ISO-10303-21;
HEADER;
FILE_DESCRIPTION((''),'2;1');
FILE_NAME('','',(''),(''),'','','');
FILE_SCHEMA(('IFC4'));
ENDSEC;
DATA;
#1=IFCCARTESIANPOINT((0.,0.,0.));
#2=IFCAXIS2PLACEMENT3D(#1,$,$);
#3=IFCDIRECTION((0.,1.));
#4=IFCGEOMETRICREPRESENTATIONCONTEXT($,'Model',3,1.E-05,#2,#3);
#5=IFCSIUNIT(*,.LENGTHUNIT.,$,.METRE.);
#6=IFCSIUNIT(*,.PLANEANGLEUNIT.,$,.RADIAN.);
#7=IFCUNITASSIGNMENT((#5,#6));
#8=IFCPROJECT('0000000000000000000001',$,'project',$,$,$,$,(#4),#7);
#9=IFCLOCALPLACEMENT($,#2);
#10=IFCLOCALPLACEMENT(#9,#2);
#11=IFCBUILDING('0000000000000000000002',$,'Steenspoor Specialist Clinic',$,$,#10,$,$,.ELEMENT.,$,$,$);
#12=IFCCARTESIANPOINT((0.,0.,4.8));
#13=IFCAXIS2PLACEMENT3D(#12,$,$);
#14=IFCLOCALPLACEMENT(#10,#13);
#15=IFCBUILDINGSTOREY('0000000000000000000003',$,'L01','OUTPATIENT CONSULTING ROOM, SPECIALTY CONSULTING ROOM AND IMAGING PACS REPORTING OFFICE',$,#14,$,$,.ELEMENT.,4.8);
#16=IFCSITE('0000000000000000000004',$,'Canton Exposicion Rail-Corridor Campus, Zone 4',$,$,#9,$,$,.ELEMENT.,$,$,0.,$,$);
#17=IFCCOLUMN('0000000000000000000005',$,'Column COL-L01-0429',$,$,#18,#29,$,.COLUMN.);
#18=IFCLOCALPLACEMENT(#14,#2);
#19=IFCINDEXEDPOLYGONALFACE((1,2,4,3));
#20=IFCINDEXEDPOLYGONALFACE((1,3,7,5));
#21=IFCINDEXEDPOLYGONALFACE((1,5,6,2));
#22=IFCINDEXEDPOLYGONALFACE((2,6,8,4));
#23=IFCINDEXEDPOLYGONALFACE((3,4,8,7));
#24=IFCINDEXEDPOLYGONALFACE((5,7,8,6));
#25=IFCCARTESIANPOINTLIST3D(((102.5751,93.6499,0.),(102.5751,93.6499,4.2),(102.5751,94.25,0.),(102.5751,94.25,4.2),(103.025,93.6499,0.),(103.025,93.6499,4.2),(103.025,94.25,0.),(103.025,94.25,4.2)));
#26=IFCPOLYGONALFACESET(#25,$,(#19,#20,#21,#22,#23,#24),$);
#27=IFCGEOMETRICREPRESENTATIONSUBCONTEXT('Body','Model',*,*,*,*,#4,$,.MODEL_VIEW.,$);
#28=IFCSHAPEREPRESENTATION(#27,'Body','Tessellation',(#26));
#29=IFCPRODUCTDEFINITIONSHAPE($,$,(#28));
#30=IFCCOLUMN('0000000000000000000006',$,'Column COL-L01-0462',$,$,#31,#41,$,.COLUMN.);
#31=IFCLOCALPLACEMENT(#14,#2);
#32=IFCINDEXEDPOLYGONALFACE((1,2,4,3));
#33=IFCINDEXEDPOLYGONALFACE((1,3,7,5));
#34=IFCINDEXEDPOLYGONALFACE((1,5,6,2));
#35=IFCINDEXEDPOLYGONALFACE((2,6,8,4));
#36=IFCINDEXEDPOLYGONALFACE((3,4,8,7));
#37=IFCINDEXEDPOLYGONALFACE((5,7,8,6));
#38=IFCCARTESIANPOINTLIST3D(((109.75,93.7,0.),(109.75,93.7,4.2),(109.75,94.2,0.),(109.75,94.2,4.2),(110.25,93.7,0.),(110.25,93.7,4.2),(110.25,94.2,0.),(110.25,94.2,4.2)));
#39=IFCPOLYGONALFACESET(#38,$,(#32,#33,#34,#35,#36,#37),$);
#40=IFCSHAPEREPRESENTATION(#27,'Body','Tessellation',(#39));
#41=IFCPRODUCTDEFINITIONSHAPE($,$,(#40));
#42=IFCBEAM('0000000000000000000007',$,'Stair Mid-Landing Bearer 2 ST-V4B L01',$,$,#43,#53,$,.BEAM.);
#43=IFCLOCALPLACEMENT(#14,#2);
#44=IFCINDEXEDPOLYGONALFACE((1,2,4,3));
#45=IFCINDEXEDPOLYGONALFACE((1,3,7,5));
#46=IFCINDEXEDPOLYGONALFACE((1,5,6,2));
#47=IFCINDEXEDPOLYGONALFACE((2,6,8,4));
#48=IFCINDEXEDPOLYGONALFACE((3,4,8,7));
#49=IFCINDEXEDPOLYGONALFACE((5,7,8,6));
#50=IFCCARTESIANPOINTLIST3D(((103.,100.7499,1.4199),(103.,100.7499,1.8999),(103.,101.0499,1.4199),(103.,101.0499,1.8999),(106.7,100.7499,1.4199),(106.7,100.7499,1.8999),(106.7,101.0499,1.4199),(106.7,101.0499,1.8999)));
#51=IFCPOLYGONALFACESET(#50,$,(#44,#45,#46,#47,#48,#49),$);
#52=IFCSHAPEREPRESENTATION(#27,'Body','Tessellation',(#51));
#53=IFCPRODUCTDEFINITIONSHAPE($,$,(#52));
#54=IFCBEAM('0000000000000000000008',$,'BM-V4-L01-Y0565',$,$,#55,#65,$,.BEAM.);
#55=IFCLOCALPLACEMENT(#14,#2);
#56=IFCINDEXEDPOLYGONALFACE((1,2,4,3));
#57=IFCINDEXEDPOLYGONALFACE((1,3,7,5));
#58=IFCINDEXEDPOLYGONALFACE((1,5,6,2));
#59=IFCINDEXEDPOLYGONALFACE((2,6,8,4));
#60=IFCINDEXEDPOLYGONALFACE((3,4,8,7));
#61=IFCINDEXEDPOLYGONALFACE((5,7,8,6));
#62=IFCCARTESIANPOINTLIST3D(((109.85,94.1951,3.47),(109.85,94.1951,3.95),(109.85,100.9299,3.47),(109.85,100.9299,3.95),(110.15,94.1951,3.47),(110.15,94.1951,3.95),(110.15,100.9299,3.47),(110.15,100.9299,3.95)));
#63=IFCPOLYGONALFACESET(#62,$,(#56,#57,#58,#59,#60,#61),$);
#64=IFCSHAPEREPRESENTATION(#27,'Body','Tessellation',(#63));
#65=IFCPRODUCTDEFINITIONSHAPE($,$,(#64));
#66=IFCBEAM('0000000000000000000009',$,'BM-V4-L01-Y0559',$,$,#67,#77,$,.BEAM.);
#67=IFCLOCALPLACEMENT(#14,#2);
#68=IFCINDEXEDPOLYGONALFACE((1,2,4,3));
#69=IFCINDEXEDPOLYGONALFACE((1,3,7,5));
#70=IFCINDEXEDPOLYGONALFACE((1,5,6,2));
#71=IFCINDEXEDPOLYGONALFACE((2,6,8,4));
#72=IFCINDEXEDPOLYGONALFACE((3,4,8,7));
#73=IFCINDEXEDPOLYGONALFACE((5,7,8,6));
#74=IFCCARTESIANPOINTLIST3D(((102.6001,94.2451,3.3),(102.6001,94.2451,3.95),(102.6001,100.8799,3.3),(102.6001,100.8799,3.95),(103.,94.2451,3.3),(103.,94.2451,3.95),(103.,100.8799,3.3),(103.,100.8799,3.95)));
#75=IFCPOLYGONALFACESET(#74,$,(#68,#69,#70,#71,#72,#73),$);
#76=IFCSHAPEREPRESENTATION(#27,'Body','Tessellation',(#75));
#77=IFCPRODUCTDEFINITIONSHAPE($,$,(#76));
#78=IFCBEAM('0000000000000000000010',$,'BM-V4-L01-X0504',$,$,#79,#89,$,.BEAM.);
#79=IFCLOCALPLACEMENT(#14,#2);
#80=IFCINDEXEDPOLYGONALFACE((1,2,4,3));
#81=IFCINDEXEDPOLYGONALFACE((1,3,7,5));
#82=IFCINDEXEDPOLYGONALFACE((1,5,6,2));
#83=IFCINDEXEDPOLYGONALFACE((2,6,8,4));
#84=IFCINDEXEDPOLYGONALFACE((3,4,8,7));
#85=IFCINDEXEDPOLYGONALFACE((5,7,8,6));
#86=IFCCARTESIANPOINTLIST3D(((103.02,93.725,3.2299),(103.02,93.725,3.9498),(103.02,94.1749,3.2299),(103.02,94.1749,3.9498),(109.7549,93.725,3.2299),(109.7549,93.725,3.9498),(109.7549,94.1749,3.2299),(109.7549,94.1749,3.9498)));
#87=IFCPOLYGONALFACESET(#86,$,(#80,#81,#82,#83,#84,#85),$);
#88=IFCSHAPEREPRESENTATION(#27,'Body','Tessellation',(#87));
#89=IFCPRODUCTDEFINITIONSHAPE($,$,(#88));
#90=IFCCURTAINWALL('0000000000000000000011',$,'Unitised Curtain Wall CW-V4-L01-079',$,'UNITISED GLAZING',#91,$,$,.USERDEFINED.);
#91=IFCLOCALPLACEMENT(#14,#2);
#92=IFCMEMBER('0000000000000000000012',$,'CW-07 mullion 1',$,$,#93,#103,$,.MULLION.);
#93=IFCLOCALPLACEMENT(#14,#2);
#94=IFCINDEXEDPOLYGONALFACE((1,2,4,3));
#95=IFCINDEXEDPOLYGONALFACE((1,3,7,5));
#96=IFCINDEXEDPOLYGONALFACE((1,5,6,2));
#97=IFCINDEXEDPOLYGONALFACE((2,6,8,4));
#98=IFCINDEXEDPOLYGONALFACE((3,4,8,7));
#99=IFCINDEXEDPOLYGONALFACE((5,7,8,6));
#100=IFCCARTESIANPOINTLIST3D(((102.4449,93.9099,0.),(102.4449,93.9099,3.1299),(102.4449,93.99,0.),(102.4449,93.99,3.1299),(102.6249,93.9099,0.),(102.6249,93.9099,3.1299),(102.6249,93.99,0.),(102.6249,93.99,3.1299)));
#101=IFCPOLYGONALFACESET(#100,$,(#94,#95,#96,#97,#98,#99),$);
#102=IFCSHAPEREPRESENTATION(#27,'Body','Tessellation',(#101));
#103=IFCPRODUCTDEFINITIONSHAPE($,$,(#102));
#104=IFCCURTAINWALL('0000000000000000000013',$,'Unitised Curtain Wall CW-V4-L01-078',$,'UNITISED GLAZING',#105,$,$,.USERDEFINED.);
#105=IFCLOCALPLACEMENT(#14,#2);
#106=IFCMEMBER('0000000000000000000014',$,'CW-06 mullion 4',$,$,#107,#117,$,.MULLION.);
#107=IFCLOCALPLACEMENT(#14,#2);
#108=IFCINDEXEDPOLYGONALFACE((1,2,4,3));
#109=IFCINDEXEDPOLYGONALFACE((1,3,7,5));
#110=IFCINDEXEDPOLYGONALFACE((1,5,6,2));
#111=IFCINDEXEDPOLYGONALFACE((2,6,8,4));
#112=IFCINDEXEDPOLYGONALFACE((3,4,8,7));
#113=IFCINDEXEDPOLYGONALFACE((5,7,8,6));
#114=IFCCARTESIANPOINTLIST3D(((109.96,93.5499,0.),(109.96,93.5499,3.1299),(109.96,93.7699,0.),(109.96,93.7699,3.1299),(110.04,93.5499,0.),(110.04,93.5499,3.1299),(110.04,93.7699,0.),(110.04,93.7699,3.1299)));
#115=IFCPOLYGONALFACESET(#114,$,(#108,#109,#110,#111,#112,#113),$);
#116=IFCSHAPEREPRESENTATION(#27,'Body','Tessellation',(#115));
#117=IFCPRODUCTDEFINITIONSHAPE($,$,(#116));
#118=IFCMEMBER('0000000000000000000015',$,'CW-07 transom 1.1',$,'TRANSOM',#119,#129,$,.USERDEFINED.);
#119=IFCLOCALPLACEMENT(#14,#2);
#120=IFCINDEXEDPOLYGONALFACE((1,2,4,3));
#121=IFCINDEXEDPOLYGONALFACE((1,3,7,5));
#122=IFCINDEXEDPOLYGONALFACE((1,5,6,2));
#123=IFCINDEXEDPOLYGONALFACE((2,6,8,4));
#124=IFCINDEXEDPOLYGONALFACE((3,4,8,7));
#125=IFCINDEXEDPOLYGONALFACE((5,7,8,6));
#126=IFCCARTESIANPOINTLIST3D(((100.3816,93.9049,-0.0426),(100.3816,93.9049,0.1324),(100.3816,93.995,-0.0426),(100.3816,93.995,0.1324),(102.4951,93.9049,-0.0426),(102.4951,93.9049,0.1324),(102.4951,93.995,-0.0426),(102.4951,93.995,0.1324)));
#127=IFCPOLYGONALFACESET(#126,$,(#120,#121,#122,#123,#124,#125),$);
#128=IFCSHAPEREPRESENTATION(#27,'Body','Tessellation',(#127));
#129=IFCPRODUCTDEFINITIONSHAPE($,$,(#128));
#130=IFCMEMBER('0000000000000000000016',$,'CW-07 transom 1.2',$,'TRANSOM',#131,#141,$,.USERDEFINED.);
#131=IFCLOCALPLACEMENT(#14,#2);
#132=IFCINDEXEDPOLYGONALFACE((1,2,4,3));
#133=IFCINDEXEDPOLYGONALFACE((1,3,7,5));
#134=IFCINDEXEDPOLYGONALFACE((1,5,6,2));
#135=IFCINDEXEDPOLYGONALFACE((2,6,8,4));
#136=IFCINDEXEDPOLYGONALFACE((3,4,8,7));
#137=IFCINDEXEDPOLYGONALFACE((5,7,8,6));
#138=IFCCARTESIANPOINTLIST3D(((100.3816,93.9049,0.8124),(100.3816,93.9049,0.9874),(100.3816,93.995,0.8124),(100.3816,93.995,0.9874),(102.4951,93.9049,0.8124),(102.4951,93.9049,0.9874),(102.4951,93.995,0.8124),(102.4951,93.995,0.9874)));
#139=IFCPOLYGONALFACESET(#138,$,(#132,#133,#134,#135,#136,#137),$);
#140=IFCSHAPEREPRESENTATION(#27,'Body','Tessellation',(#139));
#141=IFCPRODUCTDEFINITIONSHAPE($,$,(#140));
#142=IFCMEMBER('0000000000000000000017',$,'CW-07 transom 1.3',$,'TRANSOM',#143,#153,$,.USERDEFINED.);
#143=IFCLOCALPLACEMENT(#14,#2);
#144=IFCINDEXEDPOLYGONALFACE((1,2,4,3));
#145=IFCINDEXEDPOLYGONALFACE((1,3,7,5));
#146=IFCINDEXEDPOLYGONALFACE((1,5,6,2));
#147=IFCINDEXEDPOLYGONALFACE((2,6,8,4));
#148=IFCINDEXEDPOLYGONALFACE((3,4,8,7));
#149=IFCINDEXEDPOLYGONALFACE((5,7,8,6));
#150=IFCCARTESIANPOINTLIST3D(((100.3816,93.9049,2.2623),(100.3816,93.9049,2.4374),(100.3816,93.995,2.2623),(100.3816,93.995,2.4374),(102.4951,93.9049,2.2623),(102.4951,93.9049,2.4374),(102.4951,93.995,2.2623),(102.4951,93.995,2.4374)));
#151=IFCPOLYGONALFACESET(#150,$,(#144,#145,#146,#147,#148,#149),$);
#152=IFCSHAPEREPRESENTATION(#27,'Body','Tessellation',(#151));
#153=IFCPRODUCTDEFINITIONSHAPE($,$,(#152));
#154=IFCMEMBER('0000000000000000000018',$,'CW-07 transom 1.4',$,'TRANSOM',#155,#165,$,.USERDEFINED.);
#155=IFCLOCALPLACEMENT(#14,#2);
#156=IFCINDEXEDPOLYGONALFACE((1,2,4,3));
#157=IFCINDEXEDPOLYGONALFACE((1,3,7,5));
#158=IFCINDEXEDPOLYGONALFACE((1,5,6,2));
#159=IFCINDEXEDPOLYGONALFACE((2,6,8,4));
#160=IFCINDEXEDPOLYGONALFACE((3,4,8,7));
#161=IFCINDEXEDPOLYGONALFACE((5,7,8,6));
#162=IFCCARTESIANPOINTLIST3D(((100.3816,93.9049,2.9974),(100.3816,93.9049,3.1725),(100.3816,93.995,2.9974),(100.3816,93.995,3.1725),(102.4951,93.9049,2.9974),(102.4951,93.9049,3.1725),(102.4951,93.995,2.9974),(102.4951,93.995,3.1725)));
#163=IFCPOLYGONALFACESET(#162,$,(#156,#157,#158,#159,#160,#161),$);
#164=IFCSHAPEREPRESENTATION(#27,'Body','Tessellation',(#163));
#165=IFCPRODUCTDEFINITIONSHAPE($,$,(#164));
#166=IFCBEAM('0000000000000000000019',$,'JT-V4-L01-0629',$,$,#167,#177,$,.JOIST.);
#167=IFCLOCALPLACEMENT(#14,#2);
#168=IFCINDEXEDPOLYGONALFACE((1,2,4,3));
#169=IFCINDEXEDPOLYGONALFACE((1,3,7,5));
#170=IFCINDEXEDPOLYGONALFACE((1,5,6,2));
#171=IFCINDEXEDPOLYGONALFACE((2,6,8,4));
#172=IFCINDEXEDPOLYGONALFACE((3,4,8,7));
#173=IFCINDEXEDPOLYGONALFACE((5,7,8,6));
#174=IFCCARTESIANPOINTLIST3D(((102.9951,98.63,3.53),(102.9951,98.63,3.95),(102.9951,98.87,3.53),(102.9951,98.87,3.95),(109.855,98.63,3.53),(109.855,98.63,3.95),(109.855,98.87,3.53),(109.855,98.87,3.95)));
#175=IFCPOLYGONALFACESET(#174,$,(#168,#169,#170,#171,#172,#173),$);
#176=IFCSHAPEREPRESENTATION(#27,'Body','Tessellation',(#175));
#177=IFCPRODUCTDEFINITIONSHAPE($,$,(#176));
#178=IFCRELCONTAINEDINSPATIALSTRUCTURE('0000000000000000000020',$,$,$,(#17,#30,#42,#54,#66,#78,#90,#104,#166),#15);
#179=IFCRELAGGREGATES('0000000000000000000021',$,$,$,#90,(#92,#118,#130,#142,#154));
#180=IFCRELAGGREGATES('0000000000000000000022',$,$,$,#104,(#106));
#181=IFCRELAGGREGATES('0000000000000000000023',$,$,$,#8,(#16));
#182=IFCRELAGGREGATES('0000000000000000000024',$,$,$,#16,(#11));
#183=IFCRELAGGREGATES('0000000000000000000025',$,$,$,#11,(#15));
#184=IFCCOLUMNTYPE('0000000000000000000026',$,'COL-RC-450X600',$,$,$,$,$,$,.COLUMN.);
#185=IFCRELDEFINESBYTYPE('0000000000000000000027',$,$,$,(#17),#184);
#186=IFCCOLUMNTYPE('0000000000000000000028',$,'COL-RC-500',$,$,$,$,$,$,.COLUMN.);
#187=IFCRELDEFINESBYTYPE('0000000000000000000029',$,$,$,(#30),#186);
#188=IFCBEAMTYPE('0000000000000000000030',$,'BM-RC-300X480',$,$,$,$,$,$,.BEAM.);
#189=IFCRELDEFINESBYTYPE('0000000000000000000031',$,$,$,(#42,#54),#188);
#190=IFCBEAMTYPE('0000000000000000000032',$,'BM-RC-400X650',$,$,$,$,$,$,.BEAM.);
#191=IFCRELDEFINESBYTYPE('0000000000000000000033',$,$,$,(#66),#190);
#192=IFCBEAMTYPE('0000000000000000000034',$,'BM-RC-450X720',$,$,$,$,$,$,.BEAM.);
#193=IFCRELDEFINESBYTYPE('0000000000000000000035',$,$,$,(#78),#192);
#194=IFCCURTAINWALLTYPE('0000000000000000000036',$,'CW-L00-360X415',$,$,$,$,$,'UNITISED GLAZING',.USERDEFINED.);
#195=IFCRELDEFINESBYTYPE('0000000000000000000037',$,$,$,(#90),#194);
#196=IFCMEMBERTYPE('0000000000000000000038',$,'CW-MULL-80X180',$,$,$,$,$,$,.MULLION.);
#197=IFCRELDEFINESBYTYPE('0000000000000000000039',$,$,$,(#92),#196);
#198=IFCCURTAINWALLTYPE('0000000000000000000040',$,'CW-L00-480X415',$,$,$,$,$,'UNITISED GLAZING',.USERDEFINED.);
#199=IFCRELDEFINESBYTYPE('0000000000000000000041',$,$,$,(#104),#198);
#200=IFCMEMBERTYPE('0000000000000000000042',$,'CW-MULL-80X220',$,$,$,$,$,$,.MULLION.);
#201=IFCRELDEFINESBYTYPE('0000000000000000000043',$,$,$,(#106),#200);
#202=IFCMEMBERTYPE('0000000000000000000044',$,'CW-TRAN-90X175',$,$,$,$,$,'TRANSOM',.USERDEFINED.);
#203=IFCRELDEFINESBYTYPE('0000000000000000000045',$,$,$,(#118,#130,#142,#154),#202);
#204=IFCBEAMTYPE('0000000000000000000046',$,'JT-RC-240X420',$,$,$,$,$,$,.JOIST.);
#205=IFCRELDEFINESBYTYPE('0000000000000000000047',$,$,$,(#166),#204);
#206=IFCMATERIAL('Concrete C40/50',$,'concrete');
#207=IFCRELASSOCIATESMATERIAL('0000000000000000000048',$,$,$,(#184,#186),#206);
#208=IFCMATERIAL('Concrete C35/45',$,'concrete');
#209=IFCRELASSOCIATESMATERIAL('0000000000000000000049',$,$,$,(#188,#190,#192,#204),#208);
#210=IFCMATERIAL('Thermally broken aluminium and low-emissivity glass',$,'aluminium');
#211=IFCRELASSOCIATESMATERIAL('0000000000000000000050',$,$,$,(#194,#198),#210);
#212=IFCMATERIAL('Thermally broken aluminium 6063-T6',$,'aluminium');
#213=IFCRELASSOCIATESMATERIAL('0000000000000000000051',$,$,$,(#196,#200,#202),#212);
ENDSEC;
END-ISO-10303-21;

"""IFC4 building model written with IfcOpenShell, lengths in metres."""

from ifc_helpers import new_model, si_unit, direction, frame, origin, origin_2d, place, context, subcontext, project, spatial, rectangle, extrude, material, material_profile, profile_set, type_object, element, aggregate, save


model = new_model("IFC4")

# Units and contexts
model_context = context("Model", 3, precision=1e-05, world=origin(), true_north=direction((0.0, 1.0)))
body_context = subcontext(model_context, "Body", "Model", "MODEL_VIEW")
ifc_project = project(units=[si_unit("LENGTHUNIT", "METRE"), si_unit("PLANEANGLEUNIT", "RADIAN")], contexts=[model_context])

# Site, building, storey
site_placement = place(None, origin())
site = spatial("IfcSite", under=ifc_project, at=site_placement, Name="Canton Exposicion Rail-Corridor Campus, Zone 4", CompositionType="ELEMENT", RefElevation=0.0)
building_placement = place(site_placement, origin())
building = spatial("IfcBuilding", under=site, at=building_placement, Name="Steenspoor Specialist Clinic", CompositionType="ELEMENT")
storey_placement = place(building_placement, frame((0.0, 0.0, 4.8)))
storey = spatial("IfcBuildingStorey", under=building, at=storey_placement, Name="L01", Description="OUTPATIENT CONSULTING ROOM, SPECIALTY CONSULTING ROOM AND IMAGING PACS REPORTING OFFICE", CompositionType="ELEMENT", Elevation=4.8)

# Columns
ifc_material_1 = material(Name="Concrete C40/50", Category="concrete")
ifc_material_profile_1 = material_profile(ifc_material_1, rectangle(XDim=0.45, YDim=0.6001, at=origin_2d()), Name="RC-COL-450X600")
ifc_profile_set_1 = profile_set([ifc_material_profile_1], Name="Concrete C40/50")
column_type_1 = type_object("IfcColumnType", Name="COL-RC-450X600", PredefinedType="COLUMN", material=ifc_profile_set_1)
column_1_placement = place(storey_placement, frame((102.8, 93.95, 0.0), z_axis=(0.0, 0.0, 1.0), x_axis=(1.0, 0.0, 0.0)))
element("IfcColumn", 1, at=column_1_placement, inside=storey, type_object=column_type_1, Name="Column COL-L01-0429", PredefinedType="COLUMN", context=body_context, shape_type="SweptSolid", body=[
    extrude(rectangle(XDim=0.45, YDim=0.6001, at=origin_2d()), origin(), (0.0, 0.0, 1.0), 4.2),
])
ifc_material_profile_2 = material_profile(ifc_material_1, rectangle(XDim=0.5, YDim=0.5, at=origin_2d()), Name="RC-COL-500X500")
ifc_profile_set_2 = profile_set([ifc_material_profile_2], Name="Concrete C40/50")
column_type_2 = type_object("IfcColumnType", Name="COL-RC-500", PredefinedType="COLUMN", material=ifc_profile_set_2)
column_2_placement = place(storey_placement, frame((110.0, 93.95, 0.0), z_axis=(0.0, 0.0, 1.0), x_axis=(1.0, 0.0, 0.0)))
element("IfcColumn", 2, at=column_2_placement, inside=storey, type_object=column_type_2, Name="Column COL-L01-0462", PredefinedType="COLUMN", context=body_context, shape_type="SweptSolid", body=[
    extrude(rectangle(XDim=0.5, YDim=0.5, at=origin_2d()), origin(), (0.0, 0.0, 1.0), 4.2),
])

# Beams
ifc_material_2 = material(Name="Concrete C35/45", Category="concrete")
ifc_material_profile_3 = material_profile(ifc_material_2, rectangle(XDim=0.3, YDim=0.48, at=origin_2d()), Name="RC-BM-300X480")
ifc_profile_set_3 = profile_set([ifc_material_profile_3], Name="Concrete C35/45")
beam_type_1 = type_object("IfcBeamType", Name="BM-RC-300X480", PredefinedType="BEAM", material=ifc_profile_set_3)
beam_1_placement = place(storey_placement, frame((103.0, 100.8999, 1.6599), z_axis=(1.0, 0.0, 0.0), x_axis=(0.0, 1.0, 0.0)))
element("IfcBeam", 3, at=beam_1_placement, inside=storey, type_object=beam_type_1, Name="Stair Mid-Landing Bearer 2 ST-V4B L01", PredefinedType="BEAM", context=body_context, shape_type="SweptSolid", body=[
    extrude(rectangle(XDim=0.3, YDim=0.48, at=origin_2d()), origin(), (0.0, 0.0, 1.0), 3.7),
])
beam_2_placement = place(storey_placement, frame((110.0, 94.1951, 3.71), z_axis=(0.0, 1.0, 0.0), x_axis=(-1.0, 0.0, 0.0)))
element("IfcBeam", 4, at=beam_2_placement, inside=storey, type_object=beam_type_1, Name="BM-V4-L01-Y0565", PredefinedType="BEAM", context=body_context, shape_type="SweptSolid", body=[
    extrude(rectangle(XDim=0.3, YDim=0.48, at=origin_2d()), origin(), (0.0, 0.0, 1.0), 6.7349),
])
ifc_material_profile_4 = material_profile(ifc_material_2, rectangle(XDim=0.3999, YDim=0.6499, at=origin_2d()), Name="RC-BM-400X650")
ifc_profile_set_4 = profile_set([ifc_material_profile_4], Name="Concrete C35/45")
beam_type_2 = type_object("IfcBeamType", Name="BM-RC-400X650", PredefinedType="BEAM", material=ifc_profile_set_4)
beam_3_placement = place(storey_placement, frame((102.8, 94.2451, 3.625), z_axis=(0.0, 1.0, 0.0), x_axis=(-1.0, 0.0, 0.0)))
element("IfcBeam", 5, at=beam_3_placement, inside=storey, type_object=beam_type_2, Name="BM-V4-L01-Y0559", PredefinedType="BEAM", context=body_context, shape_type="SweptSolid", body=[
    extrude(rectangle(XDim=0.3999, YDim=0.6499, at=origin_2d()), origin(), (0.0, 0.0, 1.0), 6.6348),
])
ifc_material_profile_5 = material_profile(ifc_material_2, rectangle(XDim=0.45, YDim=0.72, at=origin_2d()), Name="RC-BM-450X720")
ifc_profile_set_5 = profile_set([ifc_material_profile_5], Name="Concrete C35/45")
beam_type_3 = type_object("IfcBeamType", Name="BM-RC-450X720", PredefinedType="BEAM", material=ifc_profile_set_5)
beam_4_placement = place(storey_placement, frame((103.02, 93.95, 3.5898), z_axis=(1.0, 0.0, 0.0), x_axis=(0.0, 1.0, 0.0)))
element("IfcBeam", 6, at=beam_4_placement, inside=storey, type_object=beam_type_3, Name="BM-V4-L01-X0504", PredefinedType="BEAM", context=body_context, shape_type="SweptSolid", body=[
    extrude(rectangle(XDim=0.45, YDim=0.72, at=origin_2d()), origin(), (0.0, 0.0, 1.0), 6.7349),
])

# Curtain walls, members
ifc_material_3 = material(Name="Thermally broken aluminium and low-emissivity glass", Category="aluminium")
curtain_wall_type_1 = type_object("IfcCurtainWallType", Name="CW-L00-360X415", ElementType="UNITISED GLAZING", PredefinedType="USERDEFINED", material=ifc_material_3)
curtain_wall_1_placement = place(storey_placement, origin())
curtain_wall_1 = element("IfcCurtainWall", 7, at=curtain_wall_1_placement, inside=storey, type_object=curtain_wall_type_1, Name="Unitised Curtain Wall CW-V4-L01-079", ObjectType="UNITISED GLAZING", PredefinedType="USERDEFINED")
ifc_material_4 = material(Name="Thermally broken aluminium 6063-T6", Category="aluminium")
ifc_material_profile_6 = material_profile(ifc_material_4, rectangle(XDim=0.0801, YDim=0.1799, at=origin_2d()), Name="CWM-80X180")
ifc_profile_set_6 = profile_set([ifc_material_profile_6], Name="Thermally broken aluminium 6063-T6")
member_type_1 = type_object("IfcMemberType", Name="CW-MULL-80X180", PredefinedType="MULLION", material=ifc_profile_set_6)
member_1_placement = place(storey_placement, frame((102.5349, 93.95, 0.0), z_axis=(0.0, 0.0, 1.0), x_axis=(0.0, -1.0, 0.0)))
member_1 = element("IfcMember", 8, at=member_1_placement, type_object=member_type_1, Name="CW-07 mullion 1", PredefinedType="MULLION", context=body_context, shape_type="SweptSolid", body=[
    extrude(rectangle(XDim=0.0801, YDim=0.1799, at=origin_2d()), origin(), (0.0, 0.0, 1.0), 3.1299),
])
curtain_wall_type_2 = type_object("IfcCurtainWallType", Name="CW-L00-480X415", ElementType="UNITISED GLAZING", PredefinedType="USERDEFINED", material=ifc_material_3)
curtain_wall_2_placement = place(storey_placement, origin())
curtain_wall_2 = element("IfcCurtainWall", 9, at=curtain_wall_2_placement, inside=storey, type_object=curtain_wall_type_2, Name="Unitised Curtain Wall CW-V4-L01-078", ObjectType="UNITISED GLAZING", PredefinedType="USERDEFINED")
ifc_material_profile_7 = material_profile(ifc_material_4, rectangle(XDim=0.0801, YDim=0.22, at=origin_2d()), Name="CWM-80X220")
ifc_profile_set_7 = profile_set([ifc_material_profile_7], Name="Thermally broken aluminium 6063-T6")
member_type_2 = type_object("IfcMemberType", Name="CW-MULL-80X220", PredefinedType="MULLION", material=ifc_profile_set_7)
member_2_placement = place(storey_placement, frame((110.0, 93.6599, 0.0), z_axis=(0.0, 0.0, 1.0), x_axis=(-1.0, 0.0, 0.0)))
member_2 = element("IfcMember", 10, at=member_2_placement, type_object=member_type_2, Name="CW-06 mullion 4", PredefinedType="MULLION", context=body_context, shape_type="SweptSolid", body=[
    extrude(rectangle(XDim=0.0801, YDim=0.22, at=origin_2d()), origin(), (0.0, 0.0, 1.0), 3.1299),
])

# Members
ifc_material_profile_8 = material_profile(ifc_material_4, rectangle(XDim=0.0901, YDim=0.175, at=origin_2d()), Name="CWT-90X175")
ifc_profile_set_8 = profile_set([ifc_material_profile_8], Name="Thermally broken aluminium 6063-T6")
member_type_3 = type_object("IfcMemberType", Name="CW-TRAN-90X175", ElementType="TRANSOM", PredefinedType="USERDEFINED", material=ifc_profile_set_8)
member_3_placement = place(storey_placement, frame((102.4951, 93.95, 0.0449), z_axis=(-1.0, 0.0, 0.0), x_axis=(0.0, -1.0, 0.0)))
member_3 = element("IfcMember", 11, at=member_3_placement, type_object=member_type_3, Name="CW-07 transom 1.1", ObjectType="TRANSOM", PredefinedType="USERDEFINED", context=body_context, shape_type="SweptSolid", body=[
    extrude(rectangle(XDim=0.0901, YDim=0.175, at=origin_2d()), origin(), (0.0, 0.0, 1.0), 2.1135),
])
member_4_placement = place(storey_placement, frame((102.4951, 93.95, 0.8999), z_axis=(-1.0, 0.0, 0.0), x_axis=(0.0, -1.0, 0.0)))
member_4 = element("IfcMember", 12, at=member_4_placement, type_object=member_type_3, Name="CW-07 transom 1.2", ObjectType="TRANSOM", PredefinedType="USERDEFINED", context=body_context, shape_type="SweptSolid", body=[
    extrude(rectangle(XDim=0.0901, YDim=0.175, at=origin_2d()), origin(), (0.0, 0.0, 1.0), 2.1135),
])
member_5_placement = place(storey_placement, frame((102.4951, 93.95, 2.3499), z_axis=(-1.0, 0.0, 0.0), x_axis=(0.0, -1.0, 0.0)))
member_5 = element("IfcMember", 13, at=member_5_placement, type_object=member_type_3, Name="CW-07 transom 1.3", ObjectType="TRANSOM", PredefinedType="USERDEFINED", context=body_context, shape_type="SweptSolid", body=[
    extrude(rectangle(XDim=0.0901, YDim=0.175, at=origin_2d()), origin(), (0.0, 0.0, 1.0), 2.1135),
])
member_6_placement = place(storey_placement, frame((102.4951, 93.95, 3.085), z_axis=(-1.0, 0.0, 0.0), x_axis=(0.0, -1.0, 0.0)))
member_6 = element("IfcMember", 14, at=member_6_placement, type_object=member_type_3, Name="CW-07 transom 1.4", ObjectType="TRANSOM", PredefinedType="USERDEFINED", context=body_context, shape_type="SweptSolid", body=[
    extrude(rectangle(XDim=0.0901, YDim=0.175, at=origin_2d()), origin(), (0.0, 0.0, 1.0), 2.1135),
])
aggregate(curtain_wall_1, [member_1, member_3, member_4, member_5, member_6])

# Beam
ifc_material_profile_9 = material_profile(ifc_material_2, rectangle(XDim=0.24, YDim=0.4199, at=origin_2d()), Name="RC-JT-240X420")
ifc_profile_set_9 = profile_set([ifc_material_profile_9], Name="Concrete C35/45")
beam_type_4 = type_object("IfcBeamType", Name="JT-RC-240X420", PredefinedType="JOIST", material=ifc_profile_set_9)
beam_5_placement = place(storey_placement, frame((102.9951, 98.75, 3.74), z_axis=(1.0, 0.0, 0.0), x_axis=(0.0, 1.0, 0.0)))
element("IfcBeam", 15, at=beam_5_placement, inside=storey, type_object=beam_type_4, Name="JT-V4-L01-0629", PredefinedType="JOIST", context=body_context, shape_type="SweptSolid", body=[
    extrude(rectangle(XDim=0.24, YDim=0.4199, at=origin_2d()), origin(), (0.0, 0.0, 1.0), 6.8599),
])

aggregate(curtain_wall_2, [member_2])

save(model, "model.ifc")
